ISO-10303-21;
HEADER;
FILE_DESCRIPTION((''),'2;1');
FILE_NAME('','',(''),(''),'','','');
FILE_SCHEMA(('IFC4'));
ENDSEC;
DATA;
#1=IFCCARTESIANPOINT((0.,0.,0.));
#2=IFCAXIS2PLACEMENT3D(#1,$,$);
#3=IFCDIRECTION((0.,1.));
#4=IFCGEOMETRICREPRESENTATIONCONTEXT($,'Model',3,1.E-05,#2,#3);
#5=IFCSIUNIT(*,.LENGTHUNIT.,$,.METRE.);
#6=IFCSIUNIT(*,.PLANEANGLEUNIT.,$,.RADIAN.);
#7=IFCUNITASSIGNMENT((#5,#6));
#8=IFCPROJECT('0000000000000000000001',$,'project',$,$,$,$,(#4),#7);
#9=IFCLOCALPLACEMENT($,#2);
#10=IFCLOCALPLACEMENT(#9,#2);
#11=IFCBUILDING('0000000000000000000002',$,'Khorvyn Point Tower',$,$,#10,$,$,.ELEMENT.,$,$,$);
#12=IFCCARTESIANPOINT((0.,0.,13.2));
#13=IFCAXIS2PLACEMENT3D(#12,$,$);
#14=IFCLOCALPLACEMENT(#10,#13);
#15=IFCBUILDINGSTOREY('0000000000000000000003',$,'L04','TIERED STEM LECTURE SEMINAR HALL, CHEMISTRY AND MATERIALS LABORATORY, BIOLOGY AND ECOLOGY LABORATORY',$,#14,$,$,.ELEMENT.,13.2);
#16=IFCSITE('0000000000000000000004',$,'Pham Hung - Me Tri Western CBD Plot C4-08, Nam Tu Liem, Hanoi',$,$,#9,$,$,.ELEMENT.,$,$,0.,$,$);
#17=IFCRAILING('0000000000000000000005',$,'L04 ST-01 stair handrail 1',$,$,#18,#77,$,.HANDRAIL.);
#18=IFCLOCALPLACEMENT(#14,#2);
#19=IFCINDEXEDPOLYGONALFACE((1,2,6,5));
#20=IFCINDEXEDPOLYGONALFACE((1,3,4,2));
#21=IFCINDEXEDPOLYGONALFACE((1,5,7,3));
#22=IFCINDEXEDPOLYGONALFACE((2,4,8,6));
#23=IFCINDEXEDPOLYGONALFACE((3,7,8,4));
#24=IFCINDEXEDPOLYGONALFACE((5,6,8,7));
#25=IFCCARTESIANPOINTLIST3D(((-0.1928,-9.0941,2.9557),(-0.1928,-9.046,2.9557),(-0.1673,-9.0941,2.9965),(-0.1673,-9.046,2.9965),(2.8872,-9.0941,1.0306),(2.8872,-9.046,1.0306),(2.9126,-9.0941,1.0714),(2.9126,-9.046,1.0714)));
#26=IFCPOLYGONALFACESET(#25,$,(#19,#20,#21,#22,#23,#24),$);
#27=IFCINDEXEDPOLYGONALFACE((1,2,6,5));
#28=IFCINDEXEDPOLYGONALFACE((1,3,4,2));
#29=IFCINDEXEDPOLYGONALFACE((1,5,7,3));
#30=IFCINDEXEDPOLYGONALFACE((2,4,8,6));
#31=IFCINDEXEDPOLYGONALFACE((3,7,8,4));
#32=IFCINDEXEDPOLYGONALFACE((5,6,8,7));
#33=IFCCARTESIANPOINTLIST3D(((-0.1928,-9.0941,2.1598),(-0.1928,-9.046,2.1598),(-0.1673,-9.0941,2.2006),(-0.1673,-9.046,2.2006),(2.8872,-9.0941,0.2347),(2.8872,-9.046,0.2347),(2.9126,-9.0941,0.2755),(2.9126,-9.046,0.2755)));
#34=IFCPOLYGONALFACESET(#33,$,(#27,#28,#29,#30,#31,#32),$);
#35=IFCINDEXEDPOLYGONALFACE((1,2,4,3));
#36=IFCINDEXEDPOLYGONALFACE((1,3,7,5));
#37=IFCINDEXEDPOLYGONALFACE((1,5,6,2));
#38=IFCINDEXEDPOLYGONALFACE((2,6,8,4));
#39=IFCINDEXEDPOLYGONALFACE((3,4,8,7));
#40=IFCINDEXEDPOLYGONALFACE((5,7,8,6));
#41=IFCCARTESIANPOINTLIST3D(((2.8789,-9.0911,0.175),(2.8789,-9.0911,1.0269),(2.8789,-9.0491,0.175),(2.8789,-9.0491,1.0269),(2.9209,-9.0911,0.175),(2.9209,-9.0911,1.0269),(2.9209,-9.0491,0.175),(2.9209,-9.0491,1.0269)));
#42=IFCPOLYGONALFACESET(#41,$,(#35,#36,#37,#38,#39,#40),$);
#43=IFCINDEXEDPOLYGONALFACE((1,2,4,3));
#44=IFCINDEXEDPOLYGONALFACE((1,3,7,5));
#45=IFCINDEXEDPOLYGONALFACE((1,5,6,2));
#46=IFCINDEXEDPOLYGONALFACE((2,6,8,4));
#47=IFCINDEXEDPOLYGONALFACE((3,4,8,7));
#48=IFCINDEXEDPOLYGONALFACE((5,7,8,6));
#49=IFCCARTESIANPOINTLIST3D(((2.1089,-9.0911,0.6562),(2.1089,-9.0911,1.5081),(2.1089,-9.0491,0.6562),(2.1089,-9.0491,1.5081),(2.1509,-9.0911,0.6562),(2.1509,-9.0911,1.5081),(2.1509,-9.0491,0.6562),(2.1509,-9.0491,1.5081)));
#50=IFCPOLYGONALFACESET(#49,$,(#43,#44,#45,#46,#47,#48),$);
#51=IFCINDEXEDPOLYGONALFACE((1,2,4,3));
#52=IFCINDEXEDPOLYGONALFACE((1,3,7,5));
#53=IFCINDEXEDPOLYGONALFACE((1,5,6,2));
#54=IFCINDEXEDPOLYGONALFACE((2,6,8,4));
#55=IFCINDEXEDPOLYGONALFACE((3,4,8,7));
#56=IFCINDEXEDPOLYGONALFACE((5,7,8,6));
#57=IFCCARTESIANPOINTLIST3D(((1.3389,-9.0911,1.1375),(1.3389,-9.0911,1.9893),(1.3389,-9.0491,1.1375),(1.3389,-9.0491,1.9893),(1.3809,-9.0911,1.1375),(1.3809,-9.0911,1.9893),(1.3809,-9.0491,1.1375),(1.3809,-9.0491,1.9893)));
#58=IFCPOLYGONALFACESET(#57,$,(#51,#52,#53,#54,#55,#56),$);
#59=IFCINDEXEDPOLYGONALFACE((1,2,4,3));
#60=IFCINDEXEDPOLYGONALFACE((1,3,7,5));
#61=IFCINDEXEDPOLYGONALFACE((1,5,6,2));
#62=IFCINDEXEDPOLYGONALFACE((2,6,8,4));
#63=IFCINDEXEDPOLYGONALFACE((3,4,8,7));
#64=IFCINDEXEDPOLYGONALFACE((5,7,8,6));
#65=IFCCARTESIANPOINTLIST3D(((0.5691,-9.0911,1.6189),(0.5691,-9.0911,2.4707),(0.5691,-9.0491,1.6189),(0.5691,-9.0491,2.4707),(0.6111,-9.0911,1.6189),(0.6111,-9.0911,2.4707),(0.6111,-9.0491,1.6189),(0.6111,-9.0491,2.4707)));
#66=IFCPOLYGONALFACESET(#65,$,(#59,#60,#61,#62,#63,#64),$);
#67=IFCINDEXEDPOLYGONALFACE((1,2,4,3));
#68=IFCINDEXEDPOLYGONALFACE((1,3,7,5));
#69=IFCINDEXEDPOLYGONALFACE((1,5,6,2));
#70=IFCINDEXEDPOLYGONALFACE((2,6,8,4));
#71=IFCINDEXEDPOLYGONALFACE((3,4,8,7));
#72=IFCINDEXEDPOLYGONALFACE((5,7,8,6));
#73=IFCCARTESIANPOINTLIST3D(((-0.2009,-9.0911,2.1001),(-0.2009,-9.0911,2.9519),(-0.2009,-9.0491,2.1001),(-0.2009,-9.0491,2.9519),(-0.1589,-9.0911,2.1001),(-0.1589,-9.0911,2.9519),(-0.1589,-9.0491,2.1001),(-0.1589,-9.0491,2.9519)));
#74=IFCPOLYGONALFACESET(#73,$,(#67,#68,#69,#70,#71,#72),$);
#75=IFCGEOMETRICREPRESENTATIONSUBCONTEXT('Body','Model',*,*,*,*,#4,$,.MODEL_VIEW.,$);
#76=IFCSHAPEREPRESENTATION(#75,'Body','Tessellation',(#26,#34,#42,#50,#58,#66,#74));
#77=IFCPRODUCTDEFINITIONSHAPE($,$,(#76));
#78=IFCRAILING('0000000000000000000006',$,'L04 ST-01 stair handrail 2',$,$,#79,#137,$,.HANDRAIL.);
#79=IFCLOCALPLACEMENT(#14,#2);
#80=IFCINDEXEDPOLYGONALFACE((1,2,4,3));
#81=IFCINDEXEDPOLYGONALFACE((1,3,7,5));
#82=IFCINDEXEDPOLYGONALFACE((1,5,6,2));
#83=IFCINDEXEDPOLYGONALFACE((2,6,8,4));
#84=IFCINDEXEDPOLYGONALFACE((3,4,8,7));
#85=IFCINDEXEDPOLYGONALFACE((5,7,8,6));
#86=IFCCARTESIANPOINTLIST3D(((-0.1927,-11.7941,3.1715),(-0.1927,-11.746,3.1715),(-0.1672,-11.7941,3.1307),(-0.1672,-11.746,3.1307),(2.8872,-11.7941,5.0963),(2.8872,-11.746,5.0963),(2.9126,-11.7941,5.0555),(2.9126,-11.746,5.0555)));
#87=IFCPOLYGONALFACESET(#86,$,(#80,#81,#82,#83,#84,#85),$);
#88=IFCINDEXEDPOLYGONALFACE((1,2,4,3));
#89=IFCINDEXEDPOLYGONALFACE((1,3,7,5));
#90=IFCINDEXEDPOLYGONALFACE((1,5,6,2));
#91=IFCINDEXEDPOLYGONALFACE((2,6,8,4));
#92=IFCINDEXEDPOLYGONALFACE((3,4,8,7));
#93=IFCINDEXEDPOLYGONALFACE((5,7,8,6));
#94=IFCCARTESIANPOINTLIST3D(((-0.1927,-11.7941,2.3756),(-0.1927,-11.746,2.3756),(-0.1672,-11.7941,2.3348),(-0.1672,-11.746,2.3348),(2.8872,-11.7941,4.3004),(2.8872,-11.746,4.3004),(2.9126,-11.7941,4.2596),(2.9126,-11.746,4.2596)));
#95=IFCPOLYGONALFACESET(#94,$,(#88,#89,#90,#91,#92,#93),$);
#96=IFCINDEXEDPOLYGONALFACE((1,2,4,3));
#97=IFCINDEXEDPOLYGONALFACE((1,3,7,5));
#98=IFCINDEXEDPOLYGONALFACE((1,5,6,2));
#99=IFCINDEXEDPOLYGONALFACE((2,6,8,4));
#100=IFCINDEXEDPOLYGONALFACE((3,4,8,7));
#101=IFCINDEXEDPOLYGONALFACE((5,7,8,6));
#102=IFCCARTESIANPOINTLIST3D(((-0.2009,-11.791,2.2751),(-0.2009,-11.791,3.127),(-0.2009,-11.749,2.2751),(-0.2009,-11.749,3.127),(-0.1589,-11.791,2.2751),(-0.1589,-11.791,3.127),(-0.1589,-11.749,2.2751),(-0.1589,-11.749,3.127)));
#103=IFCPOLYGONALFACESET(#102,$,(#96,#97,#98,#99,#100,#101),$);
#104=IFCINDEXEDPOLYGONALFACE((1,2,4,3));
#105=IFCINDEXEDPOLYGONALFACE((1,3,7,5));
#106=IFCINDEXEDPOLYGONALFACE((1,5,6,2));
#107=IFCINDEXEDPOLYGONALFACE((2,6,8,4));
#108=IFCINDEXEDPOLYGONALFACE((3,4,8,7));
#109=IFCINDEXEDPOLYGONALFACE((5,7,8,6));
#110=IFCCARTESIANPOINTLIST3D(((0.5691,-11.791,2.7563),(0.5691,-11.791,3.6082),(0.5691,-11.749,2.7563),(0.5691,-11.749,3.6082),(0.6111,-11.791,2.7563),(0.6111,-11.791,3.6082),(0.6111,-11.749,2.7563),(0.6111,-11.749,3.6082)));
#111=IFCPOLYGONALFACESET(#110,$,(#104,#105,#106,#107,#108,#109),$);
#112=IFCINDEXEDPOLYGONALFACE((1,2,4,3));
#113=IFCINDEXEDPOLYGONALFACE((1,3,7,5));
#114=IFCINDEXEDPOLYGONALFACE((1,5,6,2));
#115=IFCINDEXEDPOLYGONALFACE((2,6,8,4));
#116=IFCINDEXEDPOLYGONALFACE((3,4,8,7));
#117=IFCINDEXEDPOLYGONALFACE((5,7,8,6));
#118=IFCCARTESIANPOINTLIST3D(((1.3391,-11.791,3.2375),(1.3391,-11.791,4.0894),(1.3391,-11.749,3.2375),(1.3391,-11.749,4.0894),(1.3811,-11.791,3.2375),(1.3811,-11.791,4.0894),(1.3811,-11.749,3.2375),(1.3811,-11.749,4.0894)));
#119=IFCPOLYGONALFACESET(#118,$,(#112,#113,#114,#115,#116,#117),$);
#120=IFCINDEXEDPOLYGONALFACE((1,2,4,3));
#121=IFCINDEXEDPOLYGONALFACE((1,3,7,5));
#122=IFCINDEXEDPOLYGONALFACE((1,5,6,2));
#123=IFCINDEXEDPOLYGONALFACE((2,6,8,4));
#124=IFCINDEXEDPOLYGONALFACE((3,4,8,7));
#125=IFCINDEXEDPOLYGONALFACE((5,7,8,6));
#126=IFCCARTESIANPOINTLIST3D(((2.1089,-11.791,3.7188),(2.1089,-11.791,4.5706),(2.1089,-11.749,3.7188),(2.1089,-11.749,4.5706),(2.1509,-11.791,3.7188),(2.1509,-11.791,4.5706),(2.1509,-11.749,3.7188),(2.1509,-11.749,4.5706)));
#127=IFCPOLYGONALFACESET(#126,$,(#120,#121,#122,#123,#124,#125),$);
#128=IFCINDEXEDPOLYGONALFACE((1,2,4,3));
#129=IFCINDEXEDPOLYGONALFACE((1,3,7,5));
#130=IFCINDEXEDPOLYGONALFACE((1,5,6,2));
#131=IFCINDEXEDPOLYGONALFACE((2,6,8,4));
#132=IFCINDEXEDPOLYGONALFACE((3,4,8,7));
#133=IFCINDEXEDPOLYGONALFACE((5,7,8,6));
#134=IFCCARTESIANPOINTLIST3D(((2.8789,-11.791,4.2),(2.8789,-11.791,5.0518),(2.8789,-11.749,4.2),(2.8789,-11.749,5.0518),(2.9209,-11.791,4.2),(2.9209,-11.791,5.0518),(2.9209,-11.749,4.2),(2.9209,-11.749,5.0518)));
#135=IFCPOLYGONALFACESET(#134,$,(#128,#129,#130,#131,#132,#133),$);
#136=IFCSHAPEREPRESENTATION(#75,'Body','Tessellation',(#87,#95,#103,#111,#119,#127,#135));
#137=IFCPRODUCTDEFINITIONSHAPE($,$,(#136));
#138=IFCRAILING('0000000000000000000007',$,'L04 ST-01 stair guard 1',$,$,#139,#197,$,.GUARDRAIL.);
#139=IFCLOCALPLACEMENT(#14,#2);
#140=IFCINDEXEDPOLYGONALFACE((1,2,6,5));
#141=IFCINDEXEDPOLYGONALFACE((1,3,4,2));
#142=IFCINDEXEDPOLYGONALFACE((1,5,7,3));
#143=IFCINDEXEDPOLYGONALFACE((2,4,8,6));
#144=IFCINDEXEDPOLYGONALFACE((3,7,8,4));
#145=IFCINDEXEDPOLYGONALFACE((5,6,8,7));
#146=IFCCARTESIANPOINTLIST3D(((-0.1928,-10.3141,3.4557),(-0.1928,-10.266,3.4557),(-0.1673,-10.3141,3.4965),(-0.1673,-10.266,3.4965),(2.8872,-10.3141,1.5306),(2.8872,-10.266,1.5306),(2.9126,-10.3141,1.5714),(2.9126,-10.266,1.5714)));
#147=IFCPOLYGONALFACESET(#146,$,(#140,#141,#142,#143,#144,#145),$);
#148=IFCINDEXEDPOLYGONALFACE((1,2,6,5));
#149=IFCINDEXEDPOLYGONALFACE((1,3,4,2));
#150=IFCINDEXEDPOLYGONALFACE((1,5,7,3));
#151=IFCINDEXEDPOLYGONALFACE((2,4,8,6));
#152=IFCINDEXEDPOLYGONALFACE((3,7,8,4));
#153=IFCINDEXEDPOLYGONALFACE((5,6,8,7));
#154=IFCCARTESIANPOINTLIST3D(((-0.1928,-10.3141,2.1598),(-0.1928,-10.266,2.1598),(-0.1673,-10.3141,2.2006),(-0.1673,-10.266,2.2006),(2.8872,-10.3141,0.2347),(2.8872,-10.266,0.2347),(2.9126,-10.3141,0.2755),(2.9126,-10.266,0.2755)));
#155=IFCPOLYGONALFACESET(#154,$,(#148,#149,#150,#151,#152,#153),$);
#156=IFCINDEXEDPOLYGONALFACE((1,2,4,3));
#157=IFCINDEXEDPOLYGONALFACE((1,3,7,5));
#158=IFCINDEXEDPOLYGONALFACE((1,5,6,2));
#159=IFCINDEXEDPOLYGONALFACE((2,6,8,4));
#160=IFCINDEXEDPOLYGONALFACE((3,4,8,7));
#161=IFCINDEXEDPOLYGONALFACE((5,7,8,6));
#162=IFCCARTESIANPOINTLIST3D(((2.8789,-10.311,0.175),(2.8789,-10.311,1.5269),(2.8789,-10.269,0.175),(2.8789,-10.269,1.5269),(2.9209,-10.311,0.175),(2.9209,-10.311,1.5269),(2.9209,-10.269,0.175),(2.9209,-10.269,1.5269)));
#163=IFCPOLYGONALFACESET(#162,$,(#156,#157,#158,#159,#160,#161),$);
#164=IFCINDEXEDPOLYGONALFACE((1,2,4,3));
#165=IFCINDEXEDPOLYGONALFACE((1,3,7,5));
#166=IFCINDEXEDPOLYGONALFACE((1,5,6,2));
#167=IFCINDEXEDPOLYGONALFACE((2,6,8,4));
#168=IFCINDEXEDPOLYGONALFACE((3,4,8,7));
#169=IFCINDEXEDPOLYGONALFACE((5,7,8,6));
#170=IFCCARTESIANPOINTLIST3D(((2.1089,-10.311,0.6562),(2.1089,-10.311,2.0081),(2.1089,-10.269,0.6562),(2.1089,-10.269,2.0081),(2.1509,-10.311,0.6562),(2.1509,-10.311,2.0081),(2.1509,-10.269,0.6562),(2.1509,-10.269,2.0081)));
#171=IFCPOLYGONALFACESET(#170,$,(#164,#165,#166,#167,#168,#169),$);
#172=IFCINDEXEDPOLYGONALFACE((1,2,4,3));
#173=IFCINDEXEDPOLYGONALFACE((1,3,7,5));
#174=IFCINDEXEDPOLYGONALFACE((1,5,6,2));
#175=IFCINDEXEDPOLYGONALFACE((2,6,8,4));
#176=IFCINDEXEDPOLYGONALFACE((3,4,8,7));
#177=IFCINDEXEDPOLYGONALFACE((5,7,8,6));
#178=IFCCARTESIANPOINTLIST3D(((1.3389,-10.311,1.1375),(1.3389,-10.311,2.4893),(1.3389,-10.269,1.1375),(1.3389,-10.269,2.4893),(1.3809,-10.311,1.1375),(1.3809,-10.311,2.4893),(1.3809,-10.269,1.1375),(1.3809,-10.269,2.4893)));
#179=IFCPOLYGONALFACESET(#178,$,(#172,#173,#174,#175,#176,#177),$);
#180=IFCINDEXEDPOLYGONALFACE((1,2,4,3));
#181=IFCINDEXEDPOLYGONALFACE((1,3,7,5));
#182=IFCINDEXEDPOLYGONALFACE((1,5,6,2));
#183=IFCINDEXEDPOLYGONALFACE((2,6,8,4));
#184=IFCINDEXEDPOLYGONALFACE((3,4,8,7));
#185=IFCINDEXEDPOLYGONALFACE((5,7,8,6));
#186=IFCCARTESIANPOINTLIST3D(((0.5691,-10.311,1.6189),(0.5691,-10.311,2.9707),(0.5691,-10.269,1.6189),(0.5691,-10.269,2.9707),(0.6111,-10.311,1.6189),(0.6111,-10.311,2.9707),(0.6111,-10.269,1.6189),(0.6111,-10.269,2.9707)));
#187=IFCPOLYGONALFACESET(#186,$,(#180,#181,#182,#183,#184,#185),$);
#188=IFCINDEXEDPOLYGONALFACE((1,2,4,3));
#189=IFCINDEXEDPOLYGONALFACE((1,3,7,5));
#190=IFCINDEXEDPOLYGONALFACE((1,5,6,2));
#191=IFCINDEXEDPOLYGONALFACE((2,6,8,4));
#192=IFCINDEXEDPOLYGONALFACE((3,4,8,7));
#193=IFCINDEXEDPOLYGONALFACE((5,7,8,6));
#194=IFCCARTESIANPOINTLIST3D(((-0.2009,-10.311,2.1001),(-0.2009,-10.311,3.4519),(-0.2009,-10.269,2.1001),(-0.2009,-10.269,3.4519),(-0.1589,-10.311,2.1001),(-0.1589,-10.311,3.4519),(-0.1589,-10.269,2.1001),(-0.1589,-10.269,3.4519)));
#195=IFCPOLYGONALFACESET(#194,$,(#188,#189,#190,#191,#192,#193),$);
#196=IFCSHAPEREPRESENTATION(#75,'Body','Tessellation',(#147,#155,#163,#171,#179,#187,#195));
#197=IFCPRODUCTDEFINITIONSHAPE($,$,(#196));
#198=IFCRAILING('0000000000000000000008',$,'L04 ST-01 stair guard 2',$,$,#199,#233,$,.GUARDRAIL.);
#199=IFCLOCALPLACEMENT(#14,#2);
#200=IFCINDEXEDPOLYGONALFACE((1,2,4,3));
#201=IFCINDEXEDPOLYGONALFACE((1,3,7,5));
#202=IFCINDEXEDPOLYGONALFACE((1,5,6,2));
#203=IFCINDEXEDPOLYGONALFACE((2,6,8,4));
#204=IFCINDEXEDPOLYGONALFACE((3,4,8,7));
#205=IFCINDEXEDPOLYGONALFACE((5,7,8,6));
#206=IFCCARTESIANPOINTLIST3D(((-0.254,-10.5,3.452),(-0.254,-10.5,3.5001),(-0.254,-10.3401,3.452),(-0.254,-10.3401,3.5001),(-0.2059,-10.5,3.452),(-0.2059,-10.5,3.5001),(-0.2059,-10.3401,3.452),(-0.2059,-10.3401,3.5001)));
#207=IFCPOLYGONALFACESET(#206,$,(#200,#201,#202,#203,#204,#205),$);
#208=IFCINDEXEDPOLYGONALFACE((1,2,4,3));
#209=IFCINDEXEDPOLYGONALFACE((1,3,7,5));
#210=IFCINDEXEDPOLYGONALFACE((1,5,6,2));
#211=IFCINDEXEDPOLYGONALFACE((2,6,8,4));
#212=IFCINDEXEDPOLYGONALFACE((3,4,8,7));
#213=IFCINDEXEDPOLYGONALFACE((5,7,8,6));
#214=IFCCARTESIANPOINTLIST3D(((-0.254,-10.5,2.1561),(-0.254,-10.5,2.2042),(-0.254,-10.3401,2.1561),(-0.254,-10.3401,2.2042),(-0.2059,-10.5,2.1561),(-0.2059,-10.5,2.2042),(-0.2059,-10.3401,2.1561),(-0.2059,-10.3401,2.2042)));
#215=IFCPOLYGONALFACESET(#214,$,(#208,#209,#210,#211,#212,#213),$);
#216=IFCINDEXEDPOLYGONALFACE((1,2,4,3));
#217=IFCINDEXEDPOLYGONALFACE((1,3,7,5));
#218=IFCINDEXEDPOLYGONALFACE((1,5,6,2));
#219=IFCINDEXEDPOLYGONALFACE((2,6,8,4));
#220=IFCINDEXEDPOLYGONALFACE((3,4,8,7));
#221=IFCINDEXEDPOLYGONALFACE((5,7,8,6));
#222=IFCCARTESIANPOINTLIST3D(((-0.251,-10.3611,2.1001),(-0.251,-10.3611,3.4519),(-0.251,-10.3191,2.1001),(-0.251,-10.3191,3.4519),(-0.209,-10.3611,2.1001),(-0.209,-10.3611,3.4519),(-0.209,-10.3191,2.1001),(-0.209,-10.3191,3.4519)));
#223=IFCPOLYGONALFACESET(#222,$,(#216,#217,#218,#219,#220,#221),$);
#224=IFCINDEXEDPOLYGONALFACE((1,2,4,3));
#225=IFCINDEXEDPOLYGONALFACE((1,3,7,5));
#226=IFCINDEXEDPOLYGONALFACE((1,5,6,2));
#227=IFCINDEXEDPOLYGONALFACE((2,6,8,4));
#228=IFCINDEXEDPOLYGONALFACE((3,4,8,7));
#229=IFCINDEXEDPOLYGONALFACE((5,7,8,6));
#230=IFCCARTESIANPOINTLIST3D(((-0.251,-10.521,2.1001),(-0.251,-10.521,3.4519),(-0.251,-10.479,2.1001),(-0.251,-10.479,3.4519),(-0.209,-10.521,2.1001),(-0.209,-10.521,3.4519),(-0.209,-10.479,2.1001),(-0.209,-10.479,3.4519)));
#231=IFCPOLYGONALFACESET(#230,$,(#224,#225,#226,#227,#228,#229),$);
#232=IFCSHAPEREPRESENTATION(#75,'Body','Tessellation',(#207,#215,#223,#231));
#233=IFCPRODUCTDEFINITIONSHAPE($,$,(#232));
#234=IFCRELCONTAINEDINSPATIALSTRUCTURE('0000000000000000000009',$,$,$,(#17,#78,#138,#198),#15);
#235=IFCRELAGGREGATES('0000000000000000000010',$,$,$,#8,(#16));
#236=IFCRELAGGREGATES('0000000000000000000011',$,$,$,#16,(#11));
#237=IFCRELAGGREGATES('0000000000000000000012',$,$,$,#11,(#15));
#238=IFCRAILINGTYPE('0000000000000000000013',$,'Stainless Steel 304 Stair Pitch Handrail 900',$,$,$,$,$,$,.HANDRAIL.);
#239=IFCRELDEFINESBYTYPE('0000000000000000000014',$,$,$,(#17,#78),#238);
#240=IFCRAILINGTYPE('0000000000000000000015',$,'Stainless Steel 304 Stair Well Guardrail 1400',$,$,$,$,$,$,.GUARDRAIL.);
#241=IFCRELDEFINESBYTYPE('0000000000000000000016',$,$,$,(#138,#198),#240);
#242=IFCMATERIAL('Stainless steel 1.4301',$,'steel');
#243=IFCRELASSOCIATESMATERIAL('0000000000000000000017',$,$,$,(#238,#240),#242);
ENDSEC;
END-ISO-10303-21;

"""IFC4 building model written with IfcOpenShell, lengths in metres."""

from ifc_helpers import new_model, si_unit, direction, frame, origin, origin_2d, place, context, subcontext, project, spatial, rectangle, extrude, material, type_object, element, save


model = new_model("IFC4")

# Units and contexts
model_context = context("Model", 3, precision=1e-05, world=origin(), true_north=direction((0.0, 1.0)))
body_context = subcontext(model_context, "Body", "Model", "MODEL_VIEW")
ifc_project = project(units=[si_unit("LENGTHUNIT", "METRE"), si_unit("PLANEANGLEUNIT", "RADIAN")], contexts=[model_context])

# Site, building, storey
site_placement = place(None, origin())
site = spatial("IfcSite", under=ifc_project, at=site_placement, Name="Pham Hung - Me Tri Western CBD Plot C4-08, Nam Tu Liem, Hanoi", CompositionType="ELEMENT", RefElevation=0.0)
building_placement = place(site_placement, origin())
building = spatial("IfcBuilding", under=site, at=building_placement, Name="Khorvyn Point Tower", CompositionType="ELEMENT")
storey_placement = place(building_placement, frame((0.0, 0.0, 13.2)))
storey = spatial("IfcBuildingStorey", under=building, at=storey_placement, Name="L04", Description="TIERED STEM LECTURE SEMINAR HALL, CHEMISTRY AND MATERIALS LABORATORY, BIOLOGY AND ECOLOGY LABORATORY", CompositionType="ELEMENT", Elevation=13.2)

# Railings
ifc_material_1 = material(Name="Stainless steel 1.4301", Category="steel")
railing_type_1 = type_object("IfcRailingType", Name="Stainless Steel 304 Stair Pitch Handrail 900", PredefinedType="HANDRAIL", material=ifc_material_1)
railing_1_placement = place(storey_placement, frame((2.8999, -9.0701, 0.175)))
element("IfcRailing", 1, at=railing_1_placement, inside=storey, type_object=railing_type_1, Name="L04 ST-01 stair handrail 1", PredefinedType="HANDRAIL", context=body_context, shape_type="SweptSolid", body=[
    extrude(rectangle(XDim=0.0481, YDim=0.0481, at=origin_2d()), frame((0.0, 0.0, 0.876), z_axis=(-0.847979, 0.0, 0.530029), x_axis=(0.0, -1.0, 0.0)), (0.0, 0.0, 1.0), 3.6321),
    extrude(rectangle(XDim=0.0481, YDim=0.0481, at=origin_2d()), frame((0.0, 0.0, 0.0801), z_axis=(-0.847979, 0.0, 0.530029), x_axis=(0.0, -1.0, 0.0)), (0.0, 0.0, 1.0), 3.6321),
    extrude(rectangle(XDim=0.042, YDim=0.042, at=origin_2d()), origin(), (0.0, 0.0, 1.0), 0.8518),
    extrude(rectangle(XDim=0.042, YDim=0.042, at=origin_2d()), frame((-0.77, 0.0, 0.4812)), (0.0, 0.0, 1.0), 0.8518),
    extrude(rectangle(XDim=0.042, YDim=0.042, at=origin_2d()), frame((-1.54, 0.0, 0.9624)), (0.0, 0.0, 1.0), 0.8518),
    extrude(rectangle(XDim=0.042, YDim=0.042, at=origin_2d()), frame((-2.3098, 0.0, 1.4438)), (0.0, 0.0, 1.0), 0.8518),
    extrude(rectangle(XDim=0.042, YDim=0.042, at=origin_2d()), frame((-3.0798, 0.0, 1.925)), (0.0, 0.0, 1.0), 0.8518),
])
railing_2_placement = place(storey_placement, frame((-0.1799, -11.77, 2.2751)))
element("IfcRailing", 2, at=railing_2_placement, inside=storey, type_object=railing_type_1, Name="L04 ST-01 stair handrail 2", PredefinedType="HANDRAIL", context=body_context, shape_type="SweptSolid", body=[
    extrude(rectangle(XDim=0.0481, YDim=0.0481, at=origin_2d()), frame((0.0, 0.0, 0.876), z_axis=(0.84801, 0.0, 0.529981), x_axis=(0.0, 1.0, 0.0)), (0.0, 0.0, 1.0), 3.6318),
    extrude(rectangle(XDim=0.0481, YDim=0.0481, at=origin_2d()), frame((0.0, 0.0, 0.0801), z_axis=(0.84801, 0.0, 0.529981), x_axis=(0.0, 1.0, 0.0)), (0.0, 0.0, 1.0), 3.6318),
    extrude(rectangle(XDim=0.042, YDim=0.042, at=origin_2d()), origin(), (0.0, 0.0, 1.0), 0.8518),
    extrude(rectangle(XDim=0.042, YDim=0.042, at=origin_2d()), frame((0.77, 0.0, 0.4812)), (0.0, 0.0, 1.0), 0.8518),
    extrude(rectangle(XDim=0.042, YDim=0.042, at=origin_2d()), frame((1.54, 0.0, 0.9624)), (0.0, 0.0, 1.0), 0.8518),
    extrude(rectangle(XDim=0.042, YDim=0.042, at=origin_2d()), frame((2.3098, 0.0, 1.4436)), (0.0, 0.0, 1.0), 0.8518),
    extrude(rectangle(XDim=0.042, YDim=0.042, at=origin_2d()), frame((3.0798, 0.0, 1.9248)), (0.0, 0.0, 1.0), 0.8518),
])
railing_type_2 = type_object("IfcRailingType", Name="Stainless Steel 304 Stair Well Guardrail 1400", PredefinedType="GUARDRAIL", material=ifc_material_1)
railing_3_placement = place(storey_placement, frame((2.8999, -10.29, 0.175)))
element("IfcRailing", 3, at=railing_3_placement, inside=storey, type_object=railing_type_2, Name="L04 ST-01 stair guard 1", PredefinedType="GUARDRAIL", context=body_context, shape_type="SweptSolid", body=[
    extrude(rectangle(XDim=0.0481, YDim=0.0481, at=origin_2d()), frame((0.0, 0.0, 1.376), z_axis=(-0.847979, 0.0, 0.530029), x_axis=(0.0, -1.0, 0.0)), (0.0, 0.0, 1.0), 3.6321),
    extrude(rectangle(XDim=0.0481, YDim=0.0481, at=origin_2d()), frame((0.0, 0.0, 0.0801), z_axis=(-0.847979, 0.0, 0.530029), x_axis=(0.0, -1.0, 0.0)), (0.0, 0.0, 1.0), 3.6321),
    extrude(rectangle(XDim=0.042, YDim=0.042, at=origin_2d()), origin(), (0.0, 0.0, 1.0), 1.3518),
    extrude(rectangle(XDim=0.042, YDim=0.042, at=origin_2d()), frame((-0.77, 0.0, 0.4812)), (0.0, 0.0, 1.0), 1.3518),
    extrude(rectangle(XDim=0.042, YDim=0.042, at=origin_2d()), frame((-1.54, 0.0, 0.9624)), (0.0, 0.0, 1.0), 1.3518),
    extrude(rectangle(XDim=0.042, YDim=0.042, at=origin_2d()), frame((-2.3098, 0.0, 1.4438)), (0.0, 0.0, 1.0), 1.3518),
    extrude(rectangle(XDim=0.042, YDim=0.042, at=origin_2d()), frame((-3.0798, 0.0, 1.925)), (0.0, 0.0, 1.0), 1.3518),
])
railing_4_placement = place(storey_placement, frame((-0.23, -10.3401, 2.1001)))
element("IfcRailing", 4, at=railing_4_placement, inside=storey, type_object=railing_type_2, Name="L04 ST-01 stair guard 2", PredefinedType="GUARDRAIL", context=body_context, shape_type="SweptSolid", body=[
    extrude(rectangle(XDim=0.0481, YDim=0.0481, at=origin_2d()), frame((0.0, 0.0, 1.376), z_axis=(0.0, -1.0, 0.0), x_axis=(1.0, 0.0, 0.0)), (0.0, 0.0, 1.0), 0.1599),
    extrude(rectangle(XDim=0.0481, YDim=0.0481, at=origin_2d()), frame((0.0, 0.0, 0.0801), z_axis=(0.0, -1.0, 0.0), x_axis=(1.0, 0.0, 0.0)), (0.0, 0.0, 1.0), 0.1599),
    extrude(rectangle(XDim=0.042, YDim=0.042, at=origin_2d()), origin(), (0.0, 0.0, 1.0), 1.3518),
    extrude(rectangle(XDim=0.042, YDim=0.042, at=origin_2d()), frame((0.0, -0.1599, 0.0)), (0.0, 0.0, 1.0), 1.3518),
])

save(model, "model.ifc")
